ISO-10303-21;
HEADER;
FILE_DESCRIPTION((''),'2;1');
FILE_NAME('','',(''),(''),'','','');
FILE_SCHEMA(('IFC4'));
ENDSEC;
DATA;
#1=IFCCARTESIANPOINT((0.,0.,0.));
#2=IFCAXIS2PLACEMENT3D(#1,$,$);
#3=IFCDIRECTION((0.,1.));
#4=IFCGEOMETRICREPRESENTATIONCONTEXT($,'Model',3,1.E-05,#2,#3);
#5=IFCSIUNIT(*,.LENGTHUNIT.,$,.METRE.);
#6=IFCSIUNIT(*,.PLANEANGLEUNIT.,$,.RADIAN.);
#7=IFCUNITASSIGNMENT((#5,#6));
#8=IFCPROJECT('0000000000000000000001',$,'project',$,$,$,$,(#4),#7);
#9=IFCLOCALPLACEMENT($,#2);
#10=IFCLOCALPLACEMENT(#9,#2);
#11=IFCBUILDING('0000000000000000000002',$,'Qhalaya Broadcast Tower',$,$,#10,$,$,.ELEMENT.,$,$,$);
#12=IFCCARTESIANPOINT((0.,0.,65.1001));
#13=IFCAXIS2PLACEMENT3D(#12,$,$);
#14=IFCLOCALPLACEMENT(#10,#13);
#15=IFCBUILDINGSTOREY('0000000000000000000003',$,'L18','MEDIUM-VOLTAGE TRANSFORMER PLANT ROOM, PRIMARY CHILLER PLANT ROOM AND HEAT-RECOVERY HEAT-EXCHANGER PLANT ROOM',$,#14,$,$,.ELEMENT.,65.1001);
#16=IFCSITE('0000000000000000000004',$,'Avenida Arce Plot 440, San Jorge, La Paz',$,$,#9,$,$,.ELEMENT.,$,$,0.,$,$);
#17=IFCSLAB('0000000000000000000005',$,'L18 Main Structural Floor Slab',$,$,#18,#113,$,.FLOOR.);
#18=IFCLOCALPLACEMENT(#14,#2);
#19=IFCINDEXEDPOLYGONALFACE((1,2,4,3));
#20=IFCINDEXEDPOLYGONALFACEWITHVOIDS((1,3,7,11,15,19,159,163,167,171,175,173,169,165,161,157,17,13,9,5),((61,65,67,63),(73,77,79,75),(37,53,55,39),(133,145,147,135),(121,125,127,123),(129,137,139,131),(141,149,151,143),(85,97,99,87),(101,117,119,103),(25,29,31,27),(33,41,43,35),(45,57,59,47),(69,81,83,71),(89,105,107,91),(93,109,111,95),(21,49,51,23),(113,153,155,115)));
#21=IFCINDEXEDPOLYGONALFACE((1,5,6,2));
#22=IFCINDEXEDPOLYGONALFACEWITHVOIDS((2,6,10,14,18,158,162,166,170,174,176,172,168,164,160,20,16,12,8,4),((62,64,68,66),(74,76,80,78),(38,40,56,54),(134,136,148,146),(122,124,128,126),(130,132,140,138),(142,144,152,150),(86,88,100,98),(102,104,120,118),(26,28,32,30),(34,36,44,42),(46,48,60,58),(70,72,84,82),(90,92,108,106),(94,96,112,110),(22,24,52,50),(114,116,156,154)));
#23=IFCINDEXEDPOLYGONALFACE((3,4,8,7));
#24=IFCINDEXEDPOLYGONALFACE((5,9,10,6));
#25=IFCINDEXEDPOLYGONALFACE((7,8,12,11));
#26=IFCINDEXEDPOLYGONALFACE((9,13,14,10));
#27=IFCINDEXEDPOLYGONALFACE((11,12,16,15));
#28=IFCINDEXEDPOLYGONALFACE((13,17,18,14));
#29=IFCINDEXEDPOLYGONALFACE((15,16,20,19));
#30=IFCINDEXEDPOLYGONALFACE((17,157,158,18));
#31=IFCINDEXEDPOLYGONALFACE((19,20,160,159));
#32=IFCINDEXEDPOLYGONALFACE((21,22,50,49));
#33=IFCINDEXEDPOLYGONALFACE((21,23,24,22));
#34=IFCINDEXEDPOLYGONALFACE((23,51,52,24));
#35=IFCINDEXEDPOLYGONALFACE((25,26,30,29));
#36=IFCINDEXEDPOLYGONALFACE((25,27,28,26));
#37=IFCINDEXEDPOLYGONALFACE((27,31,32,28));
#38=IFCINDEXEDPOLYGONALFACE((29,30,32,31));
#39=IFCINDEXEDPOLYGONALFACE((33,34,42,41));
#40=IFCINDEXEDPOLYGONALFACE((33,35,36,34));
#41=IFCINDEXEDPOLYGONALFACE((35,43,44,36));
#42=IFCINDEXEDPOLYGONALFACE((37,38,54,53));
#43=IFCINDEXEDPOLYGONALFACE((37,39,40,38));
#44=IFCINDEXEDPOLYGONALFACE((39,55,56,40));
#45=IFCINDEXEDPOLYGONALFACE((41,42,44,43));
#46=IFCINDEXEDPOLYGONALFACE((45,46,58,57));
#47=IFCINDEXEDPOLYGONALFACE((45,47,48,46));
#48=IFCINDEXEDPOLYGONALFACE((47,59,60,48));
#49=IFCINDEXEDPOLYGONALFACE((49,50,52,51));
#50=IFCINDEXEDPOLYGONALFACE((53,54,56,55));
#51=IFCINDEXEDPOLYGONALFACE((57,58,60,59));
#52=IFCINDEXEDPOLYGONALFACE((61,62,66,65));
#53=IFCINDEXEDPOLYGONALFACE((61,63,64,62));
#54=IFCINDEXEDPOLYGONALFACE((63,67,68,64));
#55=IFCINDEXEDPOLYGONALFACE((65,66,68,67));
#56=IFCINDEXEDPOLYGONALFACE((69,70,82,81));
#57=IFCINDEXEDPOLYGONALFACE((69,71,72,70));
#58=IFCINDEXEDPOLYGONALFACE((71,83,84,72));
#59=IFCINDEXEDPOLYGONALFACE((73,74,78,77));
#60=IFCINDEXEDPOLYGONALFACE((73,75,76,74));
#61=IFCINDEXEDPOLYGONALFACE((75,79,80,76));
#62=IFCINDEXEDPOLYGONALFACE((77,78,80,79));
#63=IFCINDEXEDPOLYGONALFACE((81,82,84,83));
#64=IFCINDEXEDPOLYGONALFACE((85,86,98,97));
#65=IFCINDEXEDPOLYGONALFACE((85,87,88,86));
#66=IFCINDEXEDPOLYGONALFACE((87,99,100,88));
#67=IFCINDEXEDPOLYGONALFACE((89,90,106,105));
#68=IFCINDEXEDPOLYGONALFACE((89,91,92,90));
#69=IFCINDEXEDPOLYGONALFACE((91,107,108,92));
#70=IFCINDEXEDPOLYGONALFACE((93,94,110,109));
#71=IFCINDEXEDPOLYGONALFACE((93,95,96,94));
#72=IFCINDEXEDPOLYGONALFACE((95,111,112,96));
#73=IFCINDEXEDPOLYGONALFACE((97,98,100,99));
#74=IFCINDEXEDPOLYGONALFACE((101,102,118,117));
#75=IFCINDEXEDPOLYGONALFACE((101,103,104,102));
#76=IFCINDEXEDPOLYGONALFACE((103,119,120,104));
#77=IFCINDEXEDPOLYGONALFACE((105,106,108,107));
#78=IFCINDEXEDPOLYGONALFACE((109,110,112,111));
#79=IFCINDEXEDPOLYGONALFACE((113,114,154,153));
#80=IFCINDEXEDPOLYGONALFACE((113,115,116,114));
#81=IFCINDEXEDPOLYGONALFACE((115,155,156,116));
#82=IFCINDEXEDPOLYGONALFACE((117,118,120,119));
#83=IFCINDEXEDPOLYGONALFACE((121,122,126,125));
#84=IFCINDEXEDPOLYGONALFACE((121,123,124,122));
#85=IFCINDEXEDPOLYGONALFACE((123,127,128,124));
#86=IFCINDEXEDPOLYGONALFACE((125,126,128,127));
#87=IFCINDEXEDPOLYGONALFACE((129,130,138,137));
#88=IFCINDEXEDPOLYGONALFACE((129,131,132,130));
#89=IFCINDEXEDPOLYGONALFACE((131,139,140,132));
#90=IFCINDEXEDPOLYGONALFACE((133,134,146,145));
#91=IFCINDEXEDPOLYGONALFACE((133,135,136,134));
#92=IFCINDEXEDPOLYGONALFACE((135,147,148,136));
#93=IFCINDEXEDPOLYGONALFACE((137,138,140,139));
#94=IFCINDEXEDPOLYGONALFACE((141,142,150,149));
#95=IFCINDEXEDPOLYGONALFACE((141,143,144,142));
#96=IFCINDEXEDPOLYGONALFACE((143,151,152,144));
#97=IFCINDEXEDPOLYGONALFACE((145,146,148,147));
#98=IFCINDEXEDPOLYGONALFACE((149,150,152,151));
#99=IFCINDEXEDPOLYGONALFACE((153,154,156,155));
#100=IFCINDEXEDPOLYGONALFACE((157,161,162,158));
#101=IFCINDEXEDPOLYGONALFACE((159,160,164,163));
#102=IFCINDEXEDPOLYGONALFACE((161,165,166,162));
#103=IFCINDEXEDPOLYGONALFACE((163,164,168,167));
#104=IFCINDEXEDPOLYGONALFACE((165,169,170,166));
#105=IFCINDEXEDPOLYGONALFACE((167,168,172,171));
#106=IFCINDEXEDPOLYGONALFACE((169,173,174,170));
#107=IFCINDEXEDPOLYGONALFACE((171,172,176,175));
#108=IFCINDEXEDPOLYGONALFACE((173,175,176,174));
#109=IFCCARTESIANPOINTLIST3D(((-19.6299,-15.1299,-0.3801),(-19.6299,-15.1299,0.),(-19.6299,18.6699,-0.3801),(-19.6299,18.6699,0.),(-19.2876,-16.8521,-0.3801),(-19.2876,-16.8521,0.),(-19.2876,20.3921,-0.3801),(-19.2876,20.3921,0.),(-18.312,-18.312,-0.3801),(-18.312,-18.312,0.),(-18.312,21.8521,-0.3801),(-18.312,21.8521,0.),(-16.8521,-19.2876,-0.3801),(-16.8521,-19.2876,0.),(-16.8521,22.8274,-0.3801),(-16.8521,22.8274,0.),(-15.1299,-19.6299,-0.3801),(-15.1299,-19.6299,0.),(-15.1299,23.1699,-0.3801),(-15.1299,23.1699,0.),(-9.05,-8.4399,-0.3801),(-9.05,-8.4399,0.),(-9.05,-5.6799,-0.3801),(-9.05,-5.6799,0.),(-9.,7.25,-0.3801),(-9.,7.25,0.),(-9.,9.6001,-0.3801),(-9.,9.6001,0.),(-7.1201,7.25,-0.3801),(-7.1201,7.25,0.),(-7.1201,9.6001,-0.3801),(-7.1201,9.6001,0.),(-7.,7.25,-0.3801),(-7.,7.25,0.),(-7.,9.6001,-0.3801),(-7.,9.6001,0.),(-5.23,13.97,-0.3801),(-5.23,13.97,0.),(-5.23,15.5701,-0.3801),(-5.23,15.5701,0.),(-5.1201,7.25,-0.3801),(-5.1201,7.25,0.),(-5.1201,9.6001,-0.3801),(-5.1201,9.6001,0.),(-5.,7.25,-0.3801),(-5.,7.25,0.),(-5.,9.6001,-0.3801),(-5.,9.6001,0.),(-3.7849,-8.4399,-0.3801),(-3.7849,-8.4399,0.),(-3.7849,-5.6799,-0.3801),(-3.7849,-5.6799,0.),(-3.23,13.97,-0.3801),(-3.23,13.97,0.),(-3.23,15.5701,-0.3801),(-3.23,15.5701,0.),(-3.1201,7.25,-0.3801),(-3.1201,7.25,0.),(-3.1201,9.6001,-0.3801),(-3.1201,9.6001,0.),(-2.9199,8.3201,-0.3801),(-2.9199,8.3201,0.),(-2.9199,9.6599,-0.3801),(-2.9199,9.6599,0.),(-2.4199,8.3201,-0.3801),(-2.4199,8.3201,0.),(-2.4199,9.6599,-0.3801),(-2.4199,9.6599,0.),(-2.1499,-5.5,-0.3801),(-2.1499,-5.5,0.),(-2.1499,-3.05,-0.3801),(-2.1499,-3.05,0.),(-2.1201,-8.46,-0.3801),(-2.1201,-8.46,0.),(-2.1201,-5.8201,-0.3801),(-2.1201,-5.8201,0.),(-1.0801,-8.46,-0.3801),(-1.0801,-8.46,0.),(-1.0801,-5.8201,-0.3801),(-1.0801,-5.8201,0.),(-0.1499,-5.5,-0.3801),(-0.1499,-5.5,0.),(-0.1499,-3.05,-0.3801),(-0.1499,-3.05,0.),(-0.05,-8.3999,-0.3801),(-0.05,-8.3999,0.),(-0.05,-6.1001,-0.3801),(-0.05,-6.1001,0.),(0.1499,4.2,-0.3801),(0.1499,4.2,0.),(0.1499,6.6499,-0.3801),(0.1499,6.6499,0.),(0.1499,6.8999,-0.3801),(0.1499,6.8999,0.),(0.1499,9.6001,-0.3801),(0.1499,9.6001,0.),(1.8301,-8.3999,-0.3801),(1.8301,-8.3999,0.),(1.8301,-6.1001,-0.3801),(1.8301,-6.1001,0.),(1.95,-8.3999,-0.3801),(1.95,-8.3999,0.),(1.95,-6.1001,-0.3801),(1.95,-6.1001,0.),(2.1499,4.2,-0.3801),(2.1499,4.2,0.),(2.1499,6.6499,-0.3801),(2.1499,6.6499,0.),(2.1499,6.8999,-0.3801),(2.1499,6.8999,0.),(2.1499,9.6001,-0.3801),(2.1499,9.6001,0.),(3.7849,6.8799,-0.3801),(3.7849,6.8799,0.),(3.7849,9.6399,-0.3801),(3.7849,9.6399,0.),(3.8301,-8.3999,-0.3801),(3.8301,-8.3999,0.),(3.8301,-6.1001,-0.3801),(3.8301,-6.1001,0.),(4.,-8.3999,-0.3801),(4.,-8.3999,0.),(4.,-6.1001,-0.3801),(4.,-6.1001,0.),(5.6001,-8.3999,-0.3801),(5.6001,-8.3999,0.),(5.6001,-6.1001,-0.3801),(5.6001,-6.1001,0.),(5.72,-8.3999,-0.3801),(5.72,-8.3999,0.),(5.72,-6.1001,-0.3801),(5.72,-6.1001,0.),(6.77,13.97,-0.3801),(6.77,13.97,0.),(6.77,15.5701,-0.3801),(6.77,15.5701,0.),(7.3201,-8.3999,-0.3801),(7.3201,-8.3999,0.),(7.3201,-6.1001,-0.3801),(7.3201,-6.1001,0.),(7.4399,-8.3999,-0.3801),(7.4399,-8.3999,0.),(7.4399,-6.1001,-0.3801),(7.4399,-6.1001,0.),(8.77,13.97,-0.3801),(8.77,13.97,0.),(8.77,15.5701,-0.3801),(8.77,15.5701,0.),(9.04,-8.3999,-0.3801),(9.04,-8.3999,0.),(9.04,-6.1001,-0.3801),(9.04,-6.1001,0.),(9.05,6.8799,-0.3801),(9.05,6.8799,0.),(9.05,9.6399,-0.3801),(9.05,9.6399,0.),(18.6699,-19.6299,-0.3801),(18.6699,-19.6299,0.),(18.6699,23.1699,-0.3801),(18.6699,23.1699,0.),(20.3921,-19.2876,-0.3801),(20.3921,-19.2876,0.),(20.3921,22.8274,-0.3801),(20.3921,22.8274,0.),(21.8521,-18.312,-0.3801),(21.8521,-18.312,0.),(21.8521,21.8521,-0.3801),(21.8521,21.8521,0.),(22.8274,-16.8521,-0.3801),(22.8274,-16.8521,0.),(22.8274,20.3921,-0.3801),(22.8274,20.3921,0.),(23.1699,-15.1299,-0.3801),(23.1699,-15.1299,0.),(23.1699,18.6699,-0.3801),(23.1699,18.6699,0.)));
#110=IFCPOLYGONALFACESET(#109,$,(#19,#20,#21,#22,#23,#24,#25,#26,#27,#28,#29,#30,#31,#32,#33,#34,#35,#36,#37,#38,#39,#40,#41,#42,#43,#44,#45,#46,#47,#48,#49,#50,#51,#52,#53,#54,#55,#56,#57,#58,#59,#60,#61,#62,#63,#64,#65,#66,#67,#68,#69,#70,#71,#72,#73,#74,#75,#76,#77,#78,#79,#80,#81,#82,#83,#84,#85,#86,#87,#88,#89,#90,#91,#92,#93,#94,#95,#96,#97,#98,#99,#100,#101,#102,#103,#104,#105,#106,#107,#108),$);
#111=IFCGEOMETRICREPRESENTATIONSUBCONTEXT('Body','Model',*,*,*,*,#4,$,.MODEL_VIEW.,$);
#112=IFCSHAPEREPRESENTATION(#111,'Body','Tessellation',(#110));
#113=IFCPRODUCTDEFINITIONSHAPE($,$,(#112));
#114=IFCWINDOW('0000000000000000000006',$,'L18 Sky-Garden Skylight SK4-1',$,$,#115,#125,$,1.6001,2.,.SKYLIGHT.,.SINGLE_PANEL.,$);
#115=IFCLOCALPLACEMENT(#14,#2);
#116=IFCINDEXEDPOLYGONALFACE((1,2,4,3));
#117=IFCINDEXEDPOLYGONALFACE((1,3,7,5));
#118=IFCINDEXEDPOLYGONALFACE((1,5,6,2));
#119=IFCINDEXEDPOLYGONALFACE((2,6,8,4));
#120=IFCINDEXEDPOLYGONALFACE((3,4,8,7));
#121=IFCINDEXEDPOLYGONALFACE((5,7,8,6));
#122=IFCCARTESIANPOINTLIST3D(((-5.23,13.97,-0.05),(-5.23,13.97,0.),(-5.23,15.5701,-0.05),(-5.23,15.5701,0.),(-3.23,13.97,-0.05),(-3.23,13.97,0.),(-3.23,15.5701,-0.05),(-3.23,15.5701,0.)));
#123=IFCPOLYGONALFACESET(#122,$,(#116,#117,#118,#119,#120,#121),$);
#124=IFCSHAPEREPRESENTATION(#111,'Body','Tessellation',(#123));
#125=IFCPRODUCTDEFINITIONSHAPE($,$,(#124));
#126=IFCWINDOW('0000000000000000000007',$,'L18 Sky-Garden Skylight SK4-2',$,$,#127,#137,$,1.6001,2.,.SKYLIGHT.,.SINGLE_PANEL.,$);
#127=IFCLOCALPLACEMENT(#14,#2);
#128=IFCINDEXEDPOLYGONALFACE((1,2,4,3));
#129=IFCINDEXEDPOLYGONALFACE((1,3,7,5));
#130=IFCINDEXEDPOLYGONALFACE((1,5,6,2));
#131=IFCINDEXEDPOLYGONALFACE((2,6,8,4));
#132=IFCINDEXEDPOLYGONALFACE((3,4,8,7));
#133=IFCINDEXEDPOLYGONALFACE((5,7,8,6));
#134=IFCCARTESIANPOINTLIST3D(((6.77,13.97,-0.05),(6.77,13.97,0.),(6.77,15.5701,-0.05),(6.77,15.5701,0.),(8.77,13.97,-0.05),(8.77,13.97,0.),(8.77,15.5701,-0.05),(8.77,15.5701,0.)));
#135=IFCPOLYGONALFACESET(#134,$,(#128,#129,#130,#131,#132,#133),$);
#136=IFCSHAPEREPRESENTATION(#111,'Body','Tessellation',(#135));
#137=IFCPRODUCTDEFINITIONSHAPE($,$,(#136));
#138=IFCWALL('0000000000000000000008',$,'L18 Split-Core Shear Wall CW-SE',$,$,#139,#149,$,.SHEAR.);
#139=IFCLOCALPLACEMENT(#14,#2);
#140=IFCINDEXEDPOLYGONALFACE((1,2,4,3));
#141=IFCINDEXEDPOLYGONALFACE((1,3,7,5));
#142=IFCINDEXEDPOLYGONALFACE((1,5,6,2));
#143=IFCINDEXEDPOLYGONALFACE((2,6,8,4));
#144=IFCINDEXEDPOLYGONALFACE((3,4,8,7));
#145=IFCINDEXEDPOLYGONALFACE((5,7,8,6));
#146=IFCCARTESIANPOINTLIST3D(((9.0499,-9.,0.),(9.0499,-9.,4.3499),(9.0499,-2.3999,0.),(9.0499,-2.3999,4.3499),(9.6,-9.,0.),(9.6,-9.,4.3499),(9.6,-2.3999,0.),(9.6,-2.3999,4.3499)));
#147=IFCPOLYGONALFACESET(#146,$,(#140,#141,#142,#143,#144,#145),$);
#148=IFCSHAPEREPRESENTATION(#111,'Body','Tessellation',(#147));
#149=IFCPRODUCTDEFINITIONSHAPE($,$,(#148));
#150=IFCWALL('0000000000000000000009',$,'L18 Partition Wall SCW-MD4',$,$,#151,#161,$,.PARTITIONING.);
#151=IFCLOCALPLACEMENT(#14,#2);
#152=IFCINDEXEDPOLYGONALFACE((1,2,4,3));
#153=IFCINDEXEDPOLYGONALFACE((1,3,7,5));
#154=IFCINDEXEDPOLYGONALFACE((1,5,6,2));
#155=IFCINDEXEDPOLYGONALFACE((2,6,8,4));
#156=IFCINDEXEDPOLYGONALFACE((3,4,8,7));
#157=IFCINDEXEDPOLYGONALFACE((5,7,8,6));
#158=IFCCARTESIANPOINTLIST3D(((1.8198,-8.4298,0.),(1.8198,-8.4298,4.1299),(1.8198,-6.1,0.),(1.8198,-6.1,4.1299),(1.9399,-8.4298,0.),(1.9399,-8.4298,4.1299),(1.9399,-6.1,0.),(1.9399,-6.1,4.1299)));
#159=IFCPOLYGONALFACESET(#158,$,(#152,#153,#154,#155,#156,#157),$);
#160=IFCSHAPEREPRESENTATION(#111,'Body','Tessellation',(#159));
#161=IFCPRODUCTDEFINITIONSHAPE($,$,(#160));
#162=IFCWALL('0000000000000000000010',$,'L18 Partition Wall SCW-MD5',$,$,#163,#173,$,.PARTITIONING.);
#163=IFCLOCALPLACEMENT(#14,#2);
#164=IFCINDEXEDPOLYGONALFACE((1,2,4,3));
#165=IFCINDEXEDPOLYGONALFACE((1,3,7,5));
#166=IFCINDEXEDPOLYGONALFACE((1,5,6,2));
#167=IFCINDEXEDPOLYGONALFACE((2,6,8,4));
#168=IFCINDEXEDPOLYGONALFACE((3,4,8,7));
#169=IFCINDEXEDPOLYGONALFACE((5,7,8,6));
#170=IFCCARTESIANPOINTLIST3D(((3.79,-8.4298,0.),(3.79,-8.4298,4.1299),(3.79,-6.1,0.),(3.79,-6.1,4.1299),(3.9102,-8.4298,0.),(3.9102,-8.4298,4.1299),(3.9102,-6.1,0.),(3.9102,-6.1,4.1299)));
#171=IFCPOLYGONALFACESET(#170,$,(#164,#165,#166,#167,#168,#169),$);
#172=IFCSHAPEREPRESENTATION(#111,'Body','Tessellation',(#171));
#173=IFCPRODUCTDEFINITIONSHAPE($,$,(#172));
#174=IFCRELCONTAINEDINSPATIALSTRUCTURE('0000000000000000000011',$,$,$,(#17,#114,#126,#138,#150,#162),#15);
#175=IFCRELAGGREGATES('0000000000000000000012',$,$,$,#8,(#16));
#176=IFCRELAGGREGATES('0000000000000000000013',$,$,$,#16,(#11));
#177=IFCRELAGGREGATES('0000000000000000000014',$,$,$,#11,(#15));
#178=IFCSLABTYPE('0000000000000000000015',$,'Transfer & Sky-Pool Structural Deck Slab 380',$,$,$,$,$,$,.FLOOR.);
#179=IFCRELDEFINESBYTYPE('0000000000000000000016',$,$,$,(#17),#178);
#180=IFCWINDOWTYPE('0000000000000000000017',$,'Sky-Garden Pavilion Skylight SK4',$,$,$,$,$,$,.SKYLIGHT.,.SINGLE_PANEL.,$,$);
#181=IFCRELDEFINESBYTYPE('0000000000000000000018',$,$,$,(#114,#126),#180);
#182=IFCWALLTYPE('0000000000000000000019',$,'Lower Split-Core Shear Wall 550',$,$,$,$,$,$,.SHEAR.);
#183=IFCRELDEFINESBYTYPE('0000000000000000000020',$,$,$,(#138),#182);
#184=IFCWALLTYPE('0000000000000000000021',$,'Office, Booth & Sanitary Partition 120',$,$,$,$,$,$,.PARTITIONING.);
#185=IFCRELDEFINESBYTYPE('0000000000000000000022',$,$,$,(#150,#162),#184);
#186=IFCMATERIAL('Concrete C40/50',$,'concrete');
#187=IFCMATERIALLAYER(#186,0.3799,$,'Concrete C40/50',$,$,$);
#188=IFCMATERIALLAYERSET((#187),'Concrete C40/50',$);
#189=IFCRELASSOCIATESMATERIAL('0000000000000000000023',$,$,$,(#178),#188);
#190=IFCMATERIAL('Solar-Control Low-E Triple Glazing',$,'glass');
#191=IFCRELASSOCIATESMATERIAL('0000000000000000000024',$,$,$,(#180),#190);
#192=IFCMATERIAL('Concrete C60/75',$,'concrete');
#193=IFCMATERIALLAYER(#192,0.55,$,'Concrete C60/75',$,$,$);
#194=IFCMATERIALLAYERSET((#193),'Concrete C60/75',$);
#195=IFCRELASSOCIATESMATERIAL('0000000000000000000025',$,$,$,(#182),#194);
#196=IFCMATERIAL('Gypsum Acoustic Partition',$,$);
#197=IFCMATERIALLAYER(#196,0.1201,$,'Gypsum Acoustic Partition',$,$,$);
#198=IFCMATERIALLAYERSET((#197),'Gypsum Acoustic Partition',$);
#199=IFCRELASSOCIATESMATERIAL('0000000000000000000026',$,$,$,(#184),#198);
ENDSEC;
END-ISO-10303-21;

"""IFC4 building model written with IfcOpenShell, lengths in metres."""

from ifc_helpers import new_model, si_unit, direction, frame, frame_2d, origin, origin_2d, place, context, subcontext, project, spatial, polyline, rectangle, outline, extrude, material, layer, layer_set, type_object, element, fill, save


model = new_model("IFC4")

# Units and contexts
model_context = context("Model", 3, precision=1e-05, world=origin(), true_north=direction((0.0, 1.0)))
body_context = subcontext(model_context, "Body", "Model", "MODEL_VIEW")
ifc_project = project(units=[si_unit("LENGTHUNIT", "METRE"), si_unit("PLANEANGLEUNIT", "RADIAN")], contexts=[model_context])

# Site, building, storey
site_placement = place(None, origin())
site = spatial("IfcSite", under=ifc_project, at=site_placement, Name="Avenida Arce Plot 440, San Jorge, La Paz", CompositionType="ELEMENT", RefElevation=0.0)
building_placement = place(site_placement, origin())
building = spatial("IfcBuilding", under=site, at=building_placement, Name="Qhalaya Broadcast Tower", CompositionType="ELEMENT")
storey_placement = place(building_placement, frame((0.0, 0.0, 65.1001)))
storey = spatial("IfcBuildingStorey", under=building, at=storey_placement, Name="L18", Description="MEDIUM-VOLTAGE TRANSFORMER PLANT ROOM, PRIMARY CHILLER PLANT ROOM AND HEAT-RECOVERY HEAT-EXCHANGER PLANT ROOM", CompositionType="ELEMENT", Elevation=65.1001)

# Shared definitions
ifc_material_1 = material(Name="Concrete C40/50", Category="concrete")

# Slab, openings, windows
ifc_layer_1 = layer(ifc_material_1, 0.3799, Name="Concrete C40/50")
ifc_layer_set_1 = layer_set([ifc_layer_1], Name="Concrete C40/50")
slab_type_1 = type_object("IfcSlabType", Name="Transfer & Sky-Pool Structural Deck Slab 380", PredefinedType="FLOOR", material=ifc_layer_set_1)
slab_1_placement = place(storey_placement, frame((0.0, 0.0, -0.3801)))
slab_1 = element("IfcSlab", 1, at=slab_1_placement, inside=storey, type_object=slab_type_1, Name="L18 Main Structural Floor Slab", PredefinedType="FLOOR", context=body_context, shape_type="SweptSolid", body=[
    extrude(outline(polyline([(18.6699, -19.6299), (20.3921, -19.2876), (21.8521, -18.312), (22.8274, -16.8521), (23.1699, -15.1299), (23.1699, 18.6699), (22.8274, 20.3921), (21.8521, 21.8521), (20.3921, 22.8274), (18.6699, 23.1699), (-15.1299, 23.1699), (-16.8521, 22.8274), (-18.312, 21.8521), (-19.2876, 20.3921), (-19.6299, 18.6699), (-19.6299, -15.1299), (-19.2876, -16.8521), (-18.312, -18.312), (-16.8521, -19.2876), (-15.1299, -19.6299), (18.6699, -19.6299)]), holes=[polyline([(3.7849, 9.6399), (9.05, 9.6399), (9.05, 6.8799), (3.7849, 6.8799), (3.7849, 9.6399)]), polyline([(-3.7849, -8.4399), (-9.05, -8.4399), (-9.05, -5.6799), (-3.7849, -5.6799), (-3.7849, -8.4399)]), polyline([(0.1499, 6.6499), (2.1499, 6.6499), (2.1499, 4.2), (0.1499, 4.2), (0.1499, 6.6499)]), polyline([(0.1499, 9.6001), (2.1499, 9.6001), (2.1499, 6.8999), (0.1499, 6.8999), (0.1499, 9.6001)]), polyline([(-2.1499, -3.05), (-0.1499, -3.05), (-0.1499, -5.5), (-2.1499, -5.5), (-2.1499, -3.05)]), polyline([(-9.0, 9.6001), (-7.1201, 9.6001), (-7.1201, 7.25), (-9.0, 7.25), (-9.0, 9.6001)]), polyline([(-7.0, 9.6001), (-5.1201, 9.6001), (-5.1201, 7.25), (-7.0, 7.25), (-7.0, 9.6001)]), polyline([(-5.0, 9.6001), (-3.1201, 9.6001), (-3.1201, 7.25), (-5.0, 7.25), (-5.0, 9.6001)]), polyline([(-0.05, -6.1001), (1.8301, -6.1001), (1.8301, -8.3999), (-0.05, -8.3999), (-0.05, -6.1001)]), polyline([(1.95, -6.1001), (3.8301, -6.1001), (3.8301, -8.3999), (1.95, -8.3999), (1.95, -6.1001)]), polyline([(4.0, -6.1001), (5.6001, -6.1001), (5.6001, -8.3999), (4.0, -8.3999), (4.0, -6.1001)]), polyline([(5.72, -6.1001), (7.3201, -6.1001), (7.3201, -8.3999), (5.72, -8.3999), (5.72, -6.1001)]), polyline([(7.4399, -6.1001), (9.04, -6.1001), (9.04, -8.3999), (7.4399, -8.3999), (7.4399, -6.1001)]), polyline([(-2.9199, 9.6599), (-2.4199, 9.6599), (-2.4199, 8.3201), (-2.9199, 8.3201), (-2.9199, 9.6599)]), polyline([(-2.1201, -5.8201), (-1.0801, -5.8201), (-1.0801, -8.46), (-2.1201, -8.46), (-2.1201, -5.8201)])]), origin(), (0.0, 0.0, 1.0), 0.3801),
])
opening_1_placement = place(slab_1_placement, frame((-4.23, 14.77, 0.0), z_axis=(0.0, 0.0, 1.0), x_axis=(1.0, 0.0, 0.0)))
opening_1 = element("IfcOpeningElement", 2, at=opening_1_placement, cuts=slab_1, PredefinedType="OPENING", context=body_context, shape_type="SweptSolid", body=[
    extrude(rectangle(XDim=2.0, YDim=1.6001, at=origin_2d()), origin(), (0.0, 0.0, 1.0), 0.3801),
])
opening_2_placement = place(slab_1_placement, frame((7.77, 14.77, 0.0), z_axis=(0.0, 0.0, 1.0), x_axis=(1.0, 0.0, 0.0)))
opening_2 = element("IfcOpeningElement", 3, at=opening_2_placement, cuts=slab_1, PredefinedType="OPENING", context=body_context, shape_type="SweptSolid", body=[
    extrude(rectangle(XDim=2.0, YDim=1.6001, at=origin_2d()), origin(), (0.0, 0.0, 1.0), 0.3801),
])
ifc_material_2 = material(Name="Solar-Control Low-E Triple Glazing", Category="glass")
window_type = type_object("IfcWindowType", Name="Sky-Garden Pavilion Skylight SK4", PartitioningType="SINGLE_PANEL", PredefinedType="SKYLIGHT", material=ifc_material_2)
window_1_placement = place(opening_1_placement, frame((0.0, 0.0, 0.3301)))
window_1 = element("IfcWindow", 4, at=window_1_placement, inside=storey, type_object=window_type, Name="L18 Sky-Garden Skylight SK4-1", OverallHeight=1.6001, OverallWidth=2.0, PartitioningType="SINGLE_PANEL", PredefinedType="SKYLIGHT", context=body_context, shape_type="SweptSolid", body=[
    extrude(rectangle(XDim=2.0, YDim=1.6001, at=origin_2d()), origin(), (0.0, 0.0, 1.0), 0.05),
])
fill(opening_1, window_1)
window_2_placement = place(opening_2_placement, frame((0.0, 0.0, 0.3301)))
window_2 = element("IfcWindow", 5, at=window_2_placement, inside=storey, type_object=window_type, Name="L18 Sky-Garden Skylight SK4-2", OverallHeight=1.6001, OverallWidth=2.0, PartitioningType="SINGLE_PANEL", PredefinedType="SKYLIGHT", context=body_context, shape_type="SweptSolid", body=[
    extrude(rectangle(XDim=2.0, YDim=1.6001, at=origin_2d()), origin(), (0.0, 0.0, 1.0), 0.05),
])
fill(opening_2, window_2)

# Walls
ifc_material_3 = material(Name="Concrete C60/75", Category="concrete")
ifc_layer_2 = layer(ifc_material_3, 0.55, Name="Concrete C60/75")
ifc_layer_set_2 = layer_set([ifc_layer_2], Name="Concrete C60/75")
wall_type_1 = type_object("IfcWallType", Name="Lower Split-Core Shear Wall 550", PredefinedType="SHEAR", material=ifc_layer_set_2)
wall_1_placement = place(storey_placement, frame((9.325, -9.0, 0.0), z_axis=(0.0, 0.0, 1.0), x_axis=(0.0, 1.0, 0.0)))
element("IfcWall", 6, at=wall_1_placement, inside=storey, type_object=wall_type_1, Name="L18 Split-Core Shear Wall CW-SE", PredefinedType="SHEAR", context=body_context, shape_type="SweptSolid", body=[
    extrude(rectangle(XDim=6.6001, YDim=0.55, at=frame_2d((3.3, 0.0))), origin(), (0.0, 0.0, 1.0), 4.3499),
])
ifc_material_4 = material(Name="Gypsum Acoustic Partition")
ifc_layer_3 = layer(ifc_material_4, 0.1201, Name="Gypsum Acoustic Partition")
ifc_layer_set_3 = layer_set([ifc_layer_3], Name="Gypsum Acoustic Partition")
wall_type_2 = type_object("IfcWallType", Name="Office, Booth & Sanitary Partition 120", PredefinedType="PARTITIONING", material=ifc_layer_set_3)
for number, where, z_axis, x_axis, name in (
    (7, (1.8799, -8.4299, 0.0), (0.0, 0.0, 1.0), (0.0, 1.0, 0.0), "L18 Partition Wall SCW-MD4"),
    (8, (3.8501, -8.4299, 0.0), (0.0, 0.0, 1.0), (0.0, 1.0, 0.0), "L18 Partition Wall SCW-MD5"),
):
    element("IfcWall", number, at=place(storey_placement, frame(where, z_axis=z_axis, x_axis=x_axis)), inside=storey, type_object=wall_type_2, Name=name, PredefinedType="PARTITIONING", context=body_context, shape_type="SweptSolid", body=[
        extrude(rectangle(XDim=2.3298, YDim=0.1201, at=frame_2d((1.165, 0.0))), origin(), (0.0, 0.0, 1.0), 4.1299),
    ])

save(model, "model.ifc")
